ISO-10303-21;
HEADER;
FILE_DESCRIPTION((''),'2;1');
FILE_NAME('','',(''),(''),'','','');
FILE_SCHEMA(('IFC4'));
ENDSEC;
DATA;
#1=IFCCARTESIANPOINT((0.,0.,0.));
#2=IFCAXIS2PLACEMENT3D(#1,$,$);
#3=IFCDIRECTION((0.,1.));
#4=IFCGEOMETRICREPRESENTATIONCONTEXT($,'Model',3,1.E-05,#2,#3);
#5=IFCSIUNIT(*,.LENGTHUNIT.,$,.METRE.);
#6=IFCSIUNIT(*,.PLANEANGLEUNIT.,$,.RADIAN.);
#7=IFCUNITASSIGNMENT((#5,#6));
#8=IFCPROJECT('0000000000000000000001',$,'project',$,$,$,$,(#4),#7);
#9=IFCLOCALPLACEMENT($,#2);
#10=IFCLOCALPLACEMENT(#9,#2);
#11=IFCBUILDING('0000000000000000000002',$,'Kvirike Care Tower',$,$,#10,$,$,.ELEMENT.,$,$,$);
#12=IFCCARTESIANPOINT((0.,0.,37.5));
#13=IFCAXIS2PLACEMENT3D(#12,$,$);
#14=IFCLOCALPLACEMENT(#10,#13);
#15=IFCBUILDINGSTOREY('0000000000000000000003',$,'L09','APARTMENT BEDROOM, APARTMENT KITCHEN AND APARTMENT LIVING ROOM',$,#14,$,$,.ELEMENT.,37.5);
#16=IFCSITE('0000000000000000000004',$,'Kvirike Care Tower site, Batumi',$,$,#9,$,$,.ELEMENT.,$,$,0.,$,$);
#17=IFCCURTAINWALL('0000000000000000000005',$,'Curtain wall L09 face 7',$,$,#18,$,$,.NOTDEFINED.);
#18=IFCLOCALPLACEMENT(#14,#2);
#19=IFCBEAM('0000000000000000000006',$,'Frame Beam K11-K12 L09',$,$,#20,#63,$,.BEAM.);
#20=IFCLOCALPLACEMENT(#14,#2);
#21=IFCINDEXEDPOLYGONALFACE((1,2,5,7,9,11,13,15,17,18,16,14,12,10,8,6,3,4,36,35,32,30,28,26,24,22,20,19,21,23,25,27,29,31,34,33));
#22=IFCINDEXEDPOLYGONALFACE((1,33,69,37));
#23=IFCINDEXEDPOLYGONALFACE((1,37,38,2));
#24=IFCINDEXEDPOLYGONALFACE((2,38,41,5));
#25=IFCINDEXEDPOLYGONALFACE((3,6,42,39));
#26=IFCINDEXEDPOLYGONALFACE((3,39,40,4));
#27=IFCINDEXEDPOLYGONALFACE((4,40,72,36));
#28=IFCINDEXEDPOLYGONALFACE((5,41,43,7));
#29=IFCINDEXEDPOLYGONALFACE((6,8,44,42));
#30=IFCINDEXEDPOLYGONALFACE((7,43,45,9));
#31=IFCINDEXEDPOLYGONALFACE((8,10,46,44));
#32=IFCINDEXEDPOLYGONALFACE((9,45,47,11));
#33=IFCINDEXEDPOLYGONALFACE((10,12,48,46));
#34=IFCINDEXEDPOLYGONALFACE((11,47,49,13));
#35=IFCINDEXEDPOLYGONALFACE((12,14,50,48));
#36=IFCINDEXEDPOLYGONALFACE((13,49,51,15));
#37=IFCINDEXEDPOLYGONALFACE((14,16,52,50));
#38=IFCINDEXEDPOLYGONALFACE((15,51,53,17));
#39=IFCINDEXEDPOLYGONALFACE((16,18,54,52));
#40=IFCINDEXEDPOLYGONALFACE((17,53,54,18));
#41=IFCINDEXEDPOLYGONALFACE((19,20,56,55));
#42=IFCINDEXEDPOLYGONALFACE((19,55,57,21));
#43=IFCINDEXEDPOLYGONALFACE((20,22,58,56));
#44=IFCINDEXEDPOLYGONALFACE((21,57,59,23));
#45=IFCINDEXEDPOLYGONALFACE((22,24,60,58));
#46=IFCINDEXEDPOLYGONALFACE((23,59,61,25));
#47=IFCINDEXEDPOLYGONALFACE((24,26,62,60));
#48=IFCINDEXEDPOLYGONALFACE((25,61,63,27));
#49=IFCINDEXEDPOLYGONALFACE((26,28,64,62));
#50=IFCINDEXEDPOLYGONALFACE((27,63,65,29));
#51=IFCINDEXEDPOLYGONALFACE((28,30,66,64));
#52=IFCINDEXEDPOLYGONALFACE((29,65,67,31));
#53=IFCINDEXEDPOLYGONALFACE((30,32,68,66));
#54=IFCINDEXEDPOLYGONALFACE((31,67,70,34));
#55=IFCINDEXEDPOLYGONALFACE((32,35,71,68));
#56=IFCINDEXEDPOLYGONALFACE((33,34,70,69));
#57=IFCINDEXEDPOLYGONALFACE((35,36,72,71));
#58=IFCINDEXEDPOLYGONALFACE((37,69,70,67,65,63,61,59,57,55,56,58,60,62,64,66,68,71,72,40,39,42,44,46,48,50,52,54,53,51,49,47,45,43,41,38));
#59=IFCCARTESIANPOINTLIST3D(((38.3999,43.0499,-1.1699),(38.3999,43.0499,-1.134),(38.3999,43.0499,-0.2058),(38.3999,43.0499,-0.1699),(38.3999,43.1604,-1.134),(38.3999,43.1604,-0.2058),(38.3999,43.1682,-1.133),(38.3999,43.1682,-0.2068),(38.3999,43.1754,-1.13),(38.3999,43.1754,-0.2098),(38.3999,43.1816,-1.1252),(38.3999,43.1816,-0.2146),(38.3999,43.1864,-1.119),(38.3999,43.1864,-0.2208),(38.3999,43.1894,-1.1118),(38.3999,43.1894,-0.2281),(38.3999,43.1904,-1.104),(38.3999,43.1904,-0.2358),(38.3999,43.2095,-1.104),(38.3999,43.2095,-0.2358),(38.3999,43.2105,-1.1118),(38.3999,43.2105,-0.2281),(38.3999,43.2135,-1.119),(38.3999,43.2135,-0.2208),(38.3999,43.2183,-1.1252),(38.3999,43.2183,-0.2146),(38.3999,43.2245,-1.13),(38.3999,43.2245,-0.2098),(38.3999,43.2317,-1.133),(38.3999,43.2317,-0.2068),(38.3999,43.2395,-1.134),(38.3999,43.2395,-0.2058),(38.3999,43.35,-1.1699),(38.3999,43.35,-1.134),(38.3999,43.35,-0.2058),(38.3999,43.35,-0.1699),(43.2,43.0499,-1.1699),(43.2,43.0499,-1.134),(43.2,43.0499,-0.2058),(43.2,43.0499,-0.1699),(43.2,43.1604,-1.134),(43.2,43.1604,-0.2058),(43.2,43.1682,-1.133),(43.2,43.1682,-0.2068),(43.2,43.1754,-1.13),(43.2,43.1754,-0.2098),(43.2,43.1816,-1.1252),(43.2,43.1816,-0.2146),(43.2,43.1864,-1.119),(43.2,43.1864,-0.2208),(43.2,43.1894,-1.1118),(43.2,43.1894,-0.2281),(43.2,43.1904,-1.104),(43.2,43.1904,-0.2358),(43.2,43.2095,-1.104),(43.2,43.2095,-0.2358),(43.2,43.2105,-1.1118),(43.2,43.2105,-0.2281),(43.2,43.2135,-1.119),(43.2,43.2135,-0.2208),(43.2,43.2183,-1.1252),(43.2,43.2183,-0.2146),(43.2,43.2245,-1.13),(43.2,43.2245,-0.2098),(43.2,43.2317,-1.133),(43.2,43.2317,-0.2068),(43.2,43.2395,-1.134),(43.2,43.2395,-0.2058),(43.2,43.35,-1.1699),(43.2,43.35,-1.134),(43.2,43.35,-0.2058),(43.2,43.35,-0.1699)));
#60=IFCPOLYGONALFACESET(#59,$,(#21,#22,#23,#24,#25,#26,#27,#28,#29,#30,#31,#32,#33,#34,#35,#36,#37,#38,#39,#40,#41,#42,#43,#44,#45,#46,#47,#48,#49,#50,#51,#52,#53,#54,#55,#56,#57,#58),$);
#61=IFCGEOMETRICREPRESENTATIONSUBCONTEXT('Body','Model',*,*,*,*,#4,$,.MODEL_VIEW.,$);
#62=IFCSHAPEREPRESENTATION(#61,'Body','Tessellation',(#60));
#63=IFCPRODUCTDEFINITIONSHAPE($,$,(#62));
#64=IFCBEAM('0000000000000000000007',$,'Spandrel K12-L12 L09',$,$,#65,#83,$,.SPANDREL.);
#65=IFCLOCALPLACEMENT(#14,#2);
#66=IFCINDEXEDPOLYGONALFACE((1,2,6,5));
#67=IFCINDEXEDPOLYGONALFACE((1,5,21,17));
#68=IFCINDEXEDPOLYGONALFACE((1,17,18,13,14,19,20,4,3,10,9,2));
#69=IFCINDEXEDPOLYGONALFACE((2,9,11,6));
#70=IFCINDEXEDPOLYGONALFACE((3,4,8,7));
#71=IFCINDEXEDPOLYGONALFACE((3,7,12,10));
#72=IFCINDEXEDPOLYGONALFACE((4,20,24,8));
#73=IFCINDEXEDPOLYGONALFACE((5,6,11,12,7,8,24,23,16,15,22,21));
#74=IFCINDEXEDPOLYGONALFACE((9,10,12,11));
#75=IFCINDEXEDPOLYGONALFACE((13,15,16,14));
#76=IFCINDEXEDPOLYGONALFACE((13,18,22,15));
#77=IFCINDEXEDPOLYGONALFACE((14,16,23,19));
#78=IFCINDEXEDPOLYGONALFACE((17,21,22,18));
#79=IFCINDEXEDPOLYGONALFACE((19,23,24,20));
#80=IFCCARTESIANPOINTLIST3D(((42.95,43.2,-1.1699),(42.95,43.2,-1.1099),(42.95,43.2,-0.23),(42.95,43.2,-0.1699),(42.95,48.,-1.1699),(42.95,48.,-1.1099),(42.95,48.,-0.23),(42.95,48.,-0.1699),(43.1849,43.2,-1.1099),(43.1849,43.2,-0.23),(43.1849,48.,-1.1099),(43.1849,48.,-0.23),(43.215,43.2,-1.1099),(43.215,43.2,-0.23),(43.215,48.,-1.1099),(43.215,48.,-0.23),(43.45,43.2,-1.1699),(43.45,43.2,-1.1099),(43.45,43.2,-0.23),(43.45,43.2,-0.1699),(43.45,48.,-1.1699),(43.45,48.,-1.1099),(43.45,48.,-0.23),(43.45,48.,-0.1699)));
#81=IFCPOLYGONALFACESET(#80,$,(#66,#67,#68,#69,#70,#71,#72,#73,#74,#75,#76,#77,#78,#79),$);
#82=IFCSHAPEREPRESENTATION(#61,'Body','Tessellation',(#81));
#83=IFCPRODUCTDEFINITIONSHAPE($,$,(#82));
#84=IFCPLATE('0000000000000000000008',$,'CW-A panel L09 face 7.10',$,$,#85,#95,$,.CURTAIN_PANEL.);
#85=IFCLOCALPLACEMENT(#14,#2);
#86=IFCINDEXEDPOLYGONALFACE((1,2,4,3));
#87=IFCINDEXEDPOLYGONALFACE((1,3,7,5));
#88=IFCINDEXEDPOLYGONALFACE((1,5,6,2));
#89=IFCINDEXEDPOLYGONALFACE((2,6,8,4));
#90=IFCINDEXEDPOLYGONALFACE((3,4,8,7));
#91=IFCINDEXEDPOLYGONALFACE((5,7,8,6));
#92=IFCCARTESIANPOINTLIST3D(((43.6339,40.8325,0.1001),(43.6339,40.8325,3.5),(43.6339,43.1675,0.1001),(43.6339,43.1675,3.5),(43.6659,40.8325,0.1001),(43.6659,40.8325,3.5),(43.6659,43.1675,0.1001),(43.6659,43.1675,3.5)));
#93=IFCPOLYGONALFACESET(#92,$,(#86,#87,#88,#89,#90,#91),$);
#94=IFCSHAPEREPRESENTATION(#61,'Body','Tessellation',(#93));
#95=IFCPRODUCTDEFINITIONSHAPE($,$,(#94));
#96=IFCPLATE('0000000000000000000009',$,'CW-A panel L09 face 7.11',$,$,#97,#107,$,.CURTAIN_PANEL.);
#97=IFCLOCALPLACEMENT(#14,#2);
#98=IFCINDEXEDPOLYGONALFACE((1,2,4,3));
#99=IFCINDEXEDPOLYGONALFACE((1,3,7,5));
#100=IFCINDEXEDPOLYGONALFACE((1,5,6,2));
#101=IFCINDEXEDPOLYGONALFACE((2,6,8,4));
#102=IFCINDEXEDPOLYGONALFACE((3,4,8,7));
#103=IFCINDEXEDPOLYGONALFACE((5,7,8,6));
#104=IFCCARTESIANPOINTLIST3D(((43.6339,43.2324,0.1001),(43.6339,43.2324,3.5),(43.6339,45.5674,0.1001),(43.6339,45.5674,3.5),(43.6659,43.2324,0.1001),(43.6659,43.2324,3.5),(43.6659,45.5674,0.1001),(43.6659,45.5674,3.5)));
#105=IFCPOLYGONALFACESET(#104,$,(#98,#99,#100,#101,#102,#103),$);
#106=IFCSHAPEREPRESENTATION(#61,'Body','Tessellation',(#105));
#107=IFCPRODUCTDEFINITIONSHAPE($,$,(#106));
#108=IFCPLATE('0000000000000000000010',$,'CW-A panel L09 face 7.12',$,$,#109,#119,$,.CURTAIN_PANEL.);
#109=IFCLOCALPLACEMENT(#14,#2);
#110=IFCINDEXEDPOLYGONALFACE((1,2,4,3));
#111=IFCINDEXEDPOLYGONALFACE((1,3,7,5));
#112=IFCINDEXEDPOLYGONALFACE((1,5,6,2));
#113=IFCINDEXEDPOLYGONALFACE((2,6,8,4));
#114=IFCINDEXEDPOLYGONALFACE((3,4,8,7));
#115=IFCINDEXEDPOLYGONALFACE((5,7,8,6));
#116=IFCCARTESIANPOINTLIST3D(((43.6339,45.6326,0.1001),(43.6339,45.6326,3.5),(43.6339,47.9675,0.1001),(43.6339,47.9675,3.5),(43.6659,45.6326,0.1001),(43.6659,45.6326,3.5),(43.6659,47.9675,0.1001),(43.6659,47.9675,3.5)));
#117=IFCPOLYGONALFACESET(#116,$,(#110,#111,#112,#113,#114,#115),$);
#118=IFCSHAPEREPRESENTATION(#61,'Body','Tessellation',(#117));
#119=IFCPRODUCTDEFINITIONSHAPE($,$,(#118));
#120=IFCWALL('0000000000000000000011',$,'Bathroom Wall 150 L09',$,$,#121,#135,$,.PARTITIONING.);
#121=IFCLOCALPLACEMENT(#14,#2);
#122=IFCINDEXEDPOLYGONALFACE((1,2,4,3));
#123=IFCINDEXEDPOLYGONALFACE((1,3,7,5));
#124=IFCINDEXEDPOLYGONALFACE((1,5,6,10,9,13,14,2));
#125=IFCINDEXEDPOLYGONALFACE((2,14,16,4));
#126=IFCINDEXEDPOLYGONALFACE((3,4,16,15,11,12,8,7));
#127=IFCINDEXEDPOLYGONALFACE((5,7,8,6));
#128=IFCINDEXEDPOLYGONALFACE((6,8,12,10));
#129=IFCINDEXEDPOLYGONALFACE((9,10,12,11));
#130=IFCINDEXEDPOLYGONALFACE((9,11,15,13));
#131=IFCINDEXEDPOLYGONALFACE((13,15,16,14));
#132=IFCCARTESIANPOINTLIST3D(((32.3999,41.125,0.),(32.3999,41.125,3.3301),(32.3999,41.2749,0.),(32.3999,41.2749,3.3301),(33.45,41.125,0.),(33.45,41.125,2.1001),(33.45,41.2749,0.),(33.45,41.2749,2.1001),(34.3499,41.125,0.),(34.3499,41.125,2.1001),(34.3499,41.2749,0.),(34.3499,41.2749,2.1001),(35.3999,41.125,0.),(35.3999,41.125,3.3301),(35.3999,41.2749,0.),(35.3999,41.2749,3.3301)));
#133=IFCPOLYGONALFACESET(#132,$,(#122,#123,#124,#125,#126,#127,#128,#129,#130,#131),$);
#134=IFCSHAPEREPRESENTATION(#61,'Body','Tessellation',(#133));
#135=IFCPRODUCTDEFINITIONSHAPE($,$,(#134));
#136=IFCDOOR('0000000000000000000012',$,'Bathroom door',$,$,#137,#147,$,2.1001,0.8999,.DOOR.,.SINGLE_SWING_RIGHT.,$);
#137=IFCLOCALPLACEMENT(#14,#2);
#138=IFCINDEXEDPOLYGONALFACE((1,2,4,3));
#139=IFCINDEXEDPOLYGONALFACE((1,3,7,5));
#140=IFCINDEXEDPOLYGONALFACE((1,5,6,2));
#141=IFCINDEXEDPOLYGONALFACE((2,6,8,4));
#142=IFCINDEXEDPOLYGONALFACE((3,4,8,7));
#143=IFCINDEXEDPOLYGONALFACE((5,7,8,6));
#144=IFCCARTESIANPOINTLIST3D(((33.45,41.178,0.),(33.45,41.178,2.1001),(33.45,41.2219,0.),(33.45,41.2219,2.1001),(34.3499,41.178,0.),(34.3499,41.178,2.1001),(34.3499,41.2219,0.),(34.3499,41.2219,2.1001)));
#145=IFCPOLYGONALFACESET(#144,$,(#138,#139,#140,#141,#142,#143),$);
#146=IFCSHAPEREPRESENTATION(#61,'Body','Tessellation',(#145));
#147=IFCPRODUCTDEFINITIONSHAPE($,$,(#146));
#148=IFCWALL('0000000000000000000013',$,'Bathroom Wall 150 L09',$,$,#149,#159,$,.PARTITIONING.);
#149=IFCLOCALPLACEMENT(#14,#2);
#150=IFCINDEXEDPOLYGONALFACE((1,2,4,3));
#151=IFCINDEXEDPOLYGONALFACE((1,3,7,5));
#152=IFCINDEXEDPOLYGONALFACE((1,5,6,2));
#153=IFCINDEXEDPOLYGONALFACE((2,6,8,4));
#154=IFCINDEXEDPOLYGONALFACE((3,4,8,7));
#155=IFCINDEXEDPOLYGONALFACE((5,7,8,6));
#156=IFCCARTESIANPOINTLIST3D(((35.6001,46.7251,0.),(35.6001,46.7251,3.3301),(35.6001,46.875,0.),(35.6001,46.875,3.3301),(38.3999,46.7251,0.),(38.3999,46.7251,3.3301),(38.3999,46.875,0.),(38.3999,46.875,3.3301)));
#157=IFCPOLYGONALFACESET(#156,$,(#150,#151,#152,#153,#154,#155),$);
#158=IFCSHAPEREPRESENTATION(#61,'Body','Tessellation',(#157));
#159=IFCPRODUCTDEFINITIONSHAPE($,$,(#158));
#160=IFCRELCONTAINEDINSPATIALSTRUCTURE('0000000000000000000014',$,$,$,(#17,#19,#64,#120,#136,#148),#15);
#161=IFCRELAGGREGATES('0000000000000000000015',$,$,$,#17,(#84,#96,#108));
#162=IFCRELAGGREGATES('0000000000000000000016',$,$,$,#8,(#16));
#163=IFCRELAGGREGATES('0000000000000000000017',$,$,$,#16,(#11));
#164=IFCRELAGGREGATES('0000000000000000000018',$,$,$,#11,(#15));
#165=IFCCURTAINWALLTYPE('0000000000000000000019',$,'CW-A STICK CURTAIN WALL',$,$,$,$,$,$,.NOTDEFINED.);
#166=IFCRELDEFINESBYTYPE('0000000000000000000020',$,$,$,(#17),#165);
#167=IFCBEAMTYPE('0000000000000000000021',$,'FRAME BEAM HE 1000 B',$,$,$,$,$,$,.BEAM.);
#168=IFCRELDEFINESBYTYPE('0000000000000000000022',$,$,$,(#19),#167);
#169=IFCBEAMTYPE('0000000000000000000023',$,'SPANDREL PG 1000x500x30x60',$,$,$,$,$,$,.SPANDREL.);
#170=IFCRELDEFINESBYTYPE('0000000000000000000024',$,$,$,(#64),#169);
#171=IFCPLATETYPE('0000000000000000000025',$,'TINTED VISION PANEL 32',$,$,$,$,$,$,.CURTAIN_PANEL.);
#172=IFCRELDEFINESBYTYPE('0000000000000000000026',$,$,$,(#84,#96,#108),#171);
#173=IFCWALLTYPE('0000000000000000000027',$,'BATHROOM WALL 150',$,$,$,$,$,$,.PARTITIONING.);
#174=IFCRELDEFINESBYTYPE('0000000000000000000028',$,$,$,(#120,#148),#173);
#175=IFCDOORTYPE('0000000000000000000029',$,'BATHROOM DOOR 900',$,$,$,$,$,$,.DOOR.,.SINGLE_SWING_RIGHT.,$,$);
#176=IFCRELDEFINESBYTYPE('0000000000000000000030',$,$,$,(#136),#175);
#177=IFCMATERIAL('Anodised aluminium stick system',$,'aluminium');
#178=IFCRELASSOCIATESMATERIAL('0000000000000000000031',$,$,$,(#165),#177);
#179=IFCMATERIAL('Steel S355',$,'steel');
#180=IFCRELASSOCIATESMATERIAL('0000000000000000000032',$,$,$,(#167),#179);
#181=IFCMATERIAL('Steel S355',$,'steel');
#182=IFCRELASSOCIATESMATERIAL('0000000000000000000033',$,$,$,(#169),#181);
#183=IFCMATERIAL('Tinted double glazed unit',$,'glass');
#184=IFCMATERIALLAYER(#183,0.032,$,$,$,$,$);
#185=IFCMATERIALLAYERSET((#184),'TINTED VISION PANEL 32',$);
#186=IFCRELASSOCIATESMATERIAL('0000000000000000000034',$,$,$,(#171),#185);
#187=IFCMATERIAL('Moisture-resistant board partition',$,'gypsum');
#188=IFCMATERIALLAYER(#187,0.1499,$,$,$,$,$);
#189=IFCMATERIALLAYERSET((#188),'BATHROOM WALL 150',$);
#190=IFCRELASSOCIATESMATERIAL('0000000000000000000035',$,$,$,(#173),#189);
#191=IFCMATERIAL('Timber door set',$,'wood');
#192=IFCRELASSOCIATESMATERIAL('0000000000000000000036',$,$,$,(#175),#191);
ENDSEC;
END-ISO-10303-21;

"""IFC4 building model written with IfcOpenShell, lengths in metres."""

from ifc_helpers import new_model, si_unit, direction, frame, frame_2d, origin, origin_2d, place, context, subcontext, project, spatial, rectangle, i_section, extrude, material, layer, layer_set, material_profile, profile_set, type_object, element, fill, aggregate, save


model = new_model("IFC4")

# Units and contexts
model_context = context("Model", 3, precision=1e-05, world=origin(), true_north=direction((0.0, 1.0)))
body_context = subcontext(model_context, "Body", "Model", "MODEL_VIEW")
ifc_project = project(units=[si_unit("LENGTHUNIT", "METRE"), si_unit("PLANEANGLEUNIT", "RADIAN")], contexts=[model_context])

# Site, building, storey
site_placement = place(None, origin())
site = spatial("IfcSite", under=ifc_project, at=site_placement, Name="Kvirike Care Tower site, Batumi", CompositionType="ELEMENT", RefElevation=0.0)
building_placement = place(site_placement, origin())
building = spatial("IfcBuilding", under=site, at=building_placement, Name="Kvirike Care Tower", CompositionType="ELEMENT")
storey_placement = place(building_placement, frame((0.0, 0.0, 37.5)))
storey = spatial("IfcBuildingStorey", under=building, at=storey_placement, Name="L09", Description="APARTMENT BEDROOM, APARTMENT KITCHEN AND APARTMENT LIVING ROOM", CompositionType="ELEMENT", Elevation=37.5)

# Curtain wall
ifc_material_1 = material(Name="Anodised aluminium stick system", Category="aluminium")
curtain_wall_type = type_object("IfcCurtainWallType", Name="CW-A STICK CURTAIN WALL", PredefinedType="NOTDEFINED", material=ifc_material_1)
curtain_wall_placement = place(storey_placement, origin())
curtain_wall = element("IfcCurtainWall", 1, at=curtain_wall_placement, inside=storey, type_object=curtain_wall_type, Name="Curtain wall L09 face 7", PredefinedType="NOTDEFINED")

# Beams
ifc_material_2 = material(Name="Steel S355", Category="steel")
ifc_material_profile_1 = material_profile(ifc_material_2, i_section(OverallWidth=0.3, OverallDepth=1.0, WebThickness=0.019, FlangeThickness=0.0359, FilletRadius=0.03, at=origin_2d()), Name="HE 1000 B")
ifc_profile_set_1 = profile_set([ifc_material_profile_1], Name="Steel S355")
beam_type_1 = type_object("IfcBeamType", Name="FRAME BEAM HE 1000 B", PredefinedType="BEAM", material=ifc_profile_set_1)
beam_1_placement = place(storey_placement, frame((38.3999, 43.2, -0.6699), z_axis=(1.0, 0.0, 0.0), x_axis=(0.0, 1.0, 0.0)))
element("IfcBeam", 2, at=beam_1_placement, inside=storey, type_object=beam_type_1, Name="Frame Beam K11-K12 L09", PredefinedType="BEAM", context=body_context, shape_type="SweptSolid", body=[
    extrude(i_section(OverallWidth=0.3, OverallDepth=1.0, WebThickness=0.019, FlangeThickness=0.0359, FilletRadius=0.03, at=origin_2d()), origin(), (0.0, 0.0, 1.0), 4.8),
])
ifc_material_3 = material(Name="Steel S355", Category="steel")
ifc_material_profile_2 = material_profile(ifc_material_3, i_section(OverallWidth=0.5, OverallDepth=1.0, WebThickness=0.03, FlangeThickness=0.0601, at=origin_2d()), Name="PG 1000x500x30x60")
ifc_profile_set_2 = profile_set([ifc_material_profile_2], Name="Steel S355")
beam_type_2 = type_object("IfcBeamType", Name="SPANDREL PG 1000x500x30x60", PredefinedType="SPANDREL", material=ifc_profile_set_2)
beam_2_placement = place(storey_placement, frame((43.2, 43.2, -0.6699), z_axis=(0.0, 1.0, 0.0), x_axis=(-1.0, 0.0, 0.0)))
element("IfcBeam", 3, at=beam_2_placement, inside=storey, type_object=beam_type_2, Name="Spandrel K12-L12 L09", PredefinedType="SPANDREL", context=body_context, shape_type="SweptSolid", body=[
    extrude(i_section(OverallWidth=0.5, OverallDepth=1.0, WebThickness=0.03, FlangeThickness=0.0601, at=origin_2d()), origin(), (0.0, 0.0, 1.0), 4.8),
])

# Plates
ifc_material_4 = material(Name="Tinted double glazed unit", Category="glass")
ifc_layer_1 = layer(ifc_material_4, 0.032)
ifc_layer_set_1 = layer_set([ifc_layer_1], Name="TINTED VISION PANEL 32")
plate_type = type_object("IfcPlateType", Name="TINTED VISION PANEL 32", PredefinedType="CURTAIN_PANEL", material=ifc_layer_set_1)
plate_1_placement = place(storey_placement, frame((43.6499, 42.0, 0.1001), z_axis=(0.0, 0.0, 1.0), x_axis=(0.0, 1.0, 0.0)))
plate_1 = element("IfcPlate", 4, at=plate_1_placement, type_object=plate_type, Name="CW-A panel L09 face 7.10", PredefinedType="CURTAIN_PANEL", context=body_context, shape_type="SweptSolid", body=[
    extrude(rectangle(XDim=2.335, YDim=0.032, at=origin_2d()), origin(), (0.0, 0.0, 1.0), 3.3999),
])
plate_2_placement = place(storey_placement, frame((43.6499, 44.3999, 0.1001), z_axis=(0.0, 0.0, 1.0), x_axis=(0.0, 1.0, 0.0)))
plate_2 = element("IfcPlate", 5, at=plate_2_placement, type_object=plate_type, Name="CW-A panel L09 face 7.11", PredefinedType="CURTAIN_PANEL", context=body_context, shape_type="SweptSolid", body=[
    extrude(rectangle(XDim=2.335, YDim=0.032, at=origin_2d()), origin(), (0.0, 0.0, 1.0), 3.3999),
])
plate_3_placement = place(storey_placement, frame((43.6499, 46.8, 0.1001), z_axis=(0.0, 0.0, 1.0), x_axis=(0.0, 1.0, 0.0)))
plate_3 = element("IfcPlate", 6, at=plate_3_placement, type_object=plate_type, Name="CW-A panel L09 face 7.12", PredefinedType="CURTAIN_PANEL", context=body_context, shape_type="SweptSolid", body=[
    extrude(rectangle(XDim=2.335, YDim=0.032, at=origin_2d()), origin(), (0.0, 0.0, 1.0), 3.3999),
])
aggregate(curtain_wall, [plate_1, plate_2, plate_3])

# Wall, opening, door
ifc_material_5 = material(Name="Moisture-resistant board partition", Category="gypsum")
ifc_layer_2 = layer(ifc_material_5, 0.1499)
ifc_layer_set_2 = layer_set([ifc_layer_2], Name="BATHROOM WALL 150")
wall_type_1 = type_object("IfcWallType", Name="BATHROOM WALL 150", PredefinedType="PARTITIONING", material=ifc_layer_set_2)
wall_1_placement = place(storey_placement, frame((35.3999, 41.2, 0.0), z_axis=(0.0, 0.0, 1.0), x_axis=(-1.0, 0.0, 0.0)))
wall_1 = element("IfcWall", 7, at=wall_1_placement, inside=storey, type_object=wall_type_1, Name="Bathroom Wall 150 L09", PredefinedType="PARTITIONING", context=body_context, shape_type="SweptSolid", body=[
    extrude(rectangle(XDim=3.0, YDim=0.1499, at=frame_2d((1.5, 0.0))), origin(), (0.0, 0.0, 1.0), 3.3301),
])
opening_1_placement = place(wall_1_placement, frame((1.05, 0.0, 0.0)))
opening_1 = element("IfcOpeningElement", 8, at=opening_1_placement, cuts=wall_1, PredefinedType="OPENING", context=body_context, shape_type="SweptSolid", body=[
    extrude(rectangle(XDim=0.8999, YDim=2.1001, at=frame_2d((0.45, 1.05))), frame((0.0, 0.0854, 0.0), z_axis=(0.0, -1.0, 0.0), x_axis=(1.0, 0.0, 0.0)), (0.0, 0.0, 1.0), 0.1709),
])
ifc_material_6 = material(Name="Timber door set", Category="wood")
door_type_1 = type_object("IfcDoorType", Name="BATHROOM DOOR 900", OperationType="SINGLE_SWING_RIGHT", PredefinedType="DOOR", material=ifc_material_6)
door_1_placement = place(opening_1_placement, origin())
door_1 = element("IfcDoor", 9, at=door_1_placement, inside=storey, type_object=door_type_1, Name="Bathroom door", OperationType="SINGLE_SWING_RIGHT", OverallHeight=2.1001, OverallWidth=0.8999, PredefinedType="DOOR", context=body_context, shape_type="SweptSolid", body=[
    extrude(rectangle(XDim=0.8999, YDim=2.1001, at=frame_2d((0.45, 1.05))), frame((0.0, 0.022, 0.0), z_axis=(0.0, -1.0, 0.0), x_axis=(1.0, 0.0, 0.0)), (0.0, 0.0, 1.0), 0.0439),
])
fill(opening_1, door_1)

# Wall
wall_2_placement = place(storey_placement, frame((38.3999, 46.8, 0.0), z_axis=(0.0, 0.0, 1.0), x_axis=(-1.0, 0.0, 0.0)))
element("IfcWall", 10, at=wall_2_placement, inside=storey, type_object=wall_type_1, Name="Bathroom Wall 150 L09", PredefinedType="PARTITIONING", context=body_context, shape_type="SweptSolid", body=[
    extrude(rectangle(XDim=2.7998, YDim=0.1499, at=frame_2d((1.3999, 0.0))), origin(), (0.0, 0.0, 1.0), 3.3301),
])

save(model, "model.ifc")
